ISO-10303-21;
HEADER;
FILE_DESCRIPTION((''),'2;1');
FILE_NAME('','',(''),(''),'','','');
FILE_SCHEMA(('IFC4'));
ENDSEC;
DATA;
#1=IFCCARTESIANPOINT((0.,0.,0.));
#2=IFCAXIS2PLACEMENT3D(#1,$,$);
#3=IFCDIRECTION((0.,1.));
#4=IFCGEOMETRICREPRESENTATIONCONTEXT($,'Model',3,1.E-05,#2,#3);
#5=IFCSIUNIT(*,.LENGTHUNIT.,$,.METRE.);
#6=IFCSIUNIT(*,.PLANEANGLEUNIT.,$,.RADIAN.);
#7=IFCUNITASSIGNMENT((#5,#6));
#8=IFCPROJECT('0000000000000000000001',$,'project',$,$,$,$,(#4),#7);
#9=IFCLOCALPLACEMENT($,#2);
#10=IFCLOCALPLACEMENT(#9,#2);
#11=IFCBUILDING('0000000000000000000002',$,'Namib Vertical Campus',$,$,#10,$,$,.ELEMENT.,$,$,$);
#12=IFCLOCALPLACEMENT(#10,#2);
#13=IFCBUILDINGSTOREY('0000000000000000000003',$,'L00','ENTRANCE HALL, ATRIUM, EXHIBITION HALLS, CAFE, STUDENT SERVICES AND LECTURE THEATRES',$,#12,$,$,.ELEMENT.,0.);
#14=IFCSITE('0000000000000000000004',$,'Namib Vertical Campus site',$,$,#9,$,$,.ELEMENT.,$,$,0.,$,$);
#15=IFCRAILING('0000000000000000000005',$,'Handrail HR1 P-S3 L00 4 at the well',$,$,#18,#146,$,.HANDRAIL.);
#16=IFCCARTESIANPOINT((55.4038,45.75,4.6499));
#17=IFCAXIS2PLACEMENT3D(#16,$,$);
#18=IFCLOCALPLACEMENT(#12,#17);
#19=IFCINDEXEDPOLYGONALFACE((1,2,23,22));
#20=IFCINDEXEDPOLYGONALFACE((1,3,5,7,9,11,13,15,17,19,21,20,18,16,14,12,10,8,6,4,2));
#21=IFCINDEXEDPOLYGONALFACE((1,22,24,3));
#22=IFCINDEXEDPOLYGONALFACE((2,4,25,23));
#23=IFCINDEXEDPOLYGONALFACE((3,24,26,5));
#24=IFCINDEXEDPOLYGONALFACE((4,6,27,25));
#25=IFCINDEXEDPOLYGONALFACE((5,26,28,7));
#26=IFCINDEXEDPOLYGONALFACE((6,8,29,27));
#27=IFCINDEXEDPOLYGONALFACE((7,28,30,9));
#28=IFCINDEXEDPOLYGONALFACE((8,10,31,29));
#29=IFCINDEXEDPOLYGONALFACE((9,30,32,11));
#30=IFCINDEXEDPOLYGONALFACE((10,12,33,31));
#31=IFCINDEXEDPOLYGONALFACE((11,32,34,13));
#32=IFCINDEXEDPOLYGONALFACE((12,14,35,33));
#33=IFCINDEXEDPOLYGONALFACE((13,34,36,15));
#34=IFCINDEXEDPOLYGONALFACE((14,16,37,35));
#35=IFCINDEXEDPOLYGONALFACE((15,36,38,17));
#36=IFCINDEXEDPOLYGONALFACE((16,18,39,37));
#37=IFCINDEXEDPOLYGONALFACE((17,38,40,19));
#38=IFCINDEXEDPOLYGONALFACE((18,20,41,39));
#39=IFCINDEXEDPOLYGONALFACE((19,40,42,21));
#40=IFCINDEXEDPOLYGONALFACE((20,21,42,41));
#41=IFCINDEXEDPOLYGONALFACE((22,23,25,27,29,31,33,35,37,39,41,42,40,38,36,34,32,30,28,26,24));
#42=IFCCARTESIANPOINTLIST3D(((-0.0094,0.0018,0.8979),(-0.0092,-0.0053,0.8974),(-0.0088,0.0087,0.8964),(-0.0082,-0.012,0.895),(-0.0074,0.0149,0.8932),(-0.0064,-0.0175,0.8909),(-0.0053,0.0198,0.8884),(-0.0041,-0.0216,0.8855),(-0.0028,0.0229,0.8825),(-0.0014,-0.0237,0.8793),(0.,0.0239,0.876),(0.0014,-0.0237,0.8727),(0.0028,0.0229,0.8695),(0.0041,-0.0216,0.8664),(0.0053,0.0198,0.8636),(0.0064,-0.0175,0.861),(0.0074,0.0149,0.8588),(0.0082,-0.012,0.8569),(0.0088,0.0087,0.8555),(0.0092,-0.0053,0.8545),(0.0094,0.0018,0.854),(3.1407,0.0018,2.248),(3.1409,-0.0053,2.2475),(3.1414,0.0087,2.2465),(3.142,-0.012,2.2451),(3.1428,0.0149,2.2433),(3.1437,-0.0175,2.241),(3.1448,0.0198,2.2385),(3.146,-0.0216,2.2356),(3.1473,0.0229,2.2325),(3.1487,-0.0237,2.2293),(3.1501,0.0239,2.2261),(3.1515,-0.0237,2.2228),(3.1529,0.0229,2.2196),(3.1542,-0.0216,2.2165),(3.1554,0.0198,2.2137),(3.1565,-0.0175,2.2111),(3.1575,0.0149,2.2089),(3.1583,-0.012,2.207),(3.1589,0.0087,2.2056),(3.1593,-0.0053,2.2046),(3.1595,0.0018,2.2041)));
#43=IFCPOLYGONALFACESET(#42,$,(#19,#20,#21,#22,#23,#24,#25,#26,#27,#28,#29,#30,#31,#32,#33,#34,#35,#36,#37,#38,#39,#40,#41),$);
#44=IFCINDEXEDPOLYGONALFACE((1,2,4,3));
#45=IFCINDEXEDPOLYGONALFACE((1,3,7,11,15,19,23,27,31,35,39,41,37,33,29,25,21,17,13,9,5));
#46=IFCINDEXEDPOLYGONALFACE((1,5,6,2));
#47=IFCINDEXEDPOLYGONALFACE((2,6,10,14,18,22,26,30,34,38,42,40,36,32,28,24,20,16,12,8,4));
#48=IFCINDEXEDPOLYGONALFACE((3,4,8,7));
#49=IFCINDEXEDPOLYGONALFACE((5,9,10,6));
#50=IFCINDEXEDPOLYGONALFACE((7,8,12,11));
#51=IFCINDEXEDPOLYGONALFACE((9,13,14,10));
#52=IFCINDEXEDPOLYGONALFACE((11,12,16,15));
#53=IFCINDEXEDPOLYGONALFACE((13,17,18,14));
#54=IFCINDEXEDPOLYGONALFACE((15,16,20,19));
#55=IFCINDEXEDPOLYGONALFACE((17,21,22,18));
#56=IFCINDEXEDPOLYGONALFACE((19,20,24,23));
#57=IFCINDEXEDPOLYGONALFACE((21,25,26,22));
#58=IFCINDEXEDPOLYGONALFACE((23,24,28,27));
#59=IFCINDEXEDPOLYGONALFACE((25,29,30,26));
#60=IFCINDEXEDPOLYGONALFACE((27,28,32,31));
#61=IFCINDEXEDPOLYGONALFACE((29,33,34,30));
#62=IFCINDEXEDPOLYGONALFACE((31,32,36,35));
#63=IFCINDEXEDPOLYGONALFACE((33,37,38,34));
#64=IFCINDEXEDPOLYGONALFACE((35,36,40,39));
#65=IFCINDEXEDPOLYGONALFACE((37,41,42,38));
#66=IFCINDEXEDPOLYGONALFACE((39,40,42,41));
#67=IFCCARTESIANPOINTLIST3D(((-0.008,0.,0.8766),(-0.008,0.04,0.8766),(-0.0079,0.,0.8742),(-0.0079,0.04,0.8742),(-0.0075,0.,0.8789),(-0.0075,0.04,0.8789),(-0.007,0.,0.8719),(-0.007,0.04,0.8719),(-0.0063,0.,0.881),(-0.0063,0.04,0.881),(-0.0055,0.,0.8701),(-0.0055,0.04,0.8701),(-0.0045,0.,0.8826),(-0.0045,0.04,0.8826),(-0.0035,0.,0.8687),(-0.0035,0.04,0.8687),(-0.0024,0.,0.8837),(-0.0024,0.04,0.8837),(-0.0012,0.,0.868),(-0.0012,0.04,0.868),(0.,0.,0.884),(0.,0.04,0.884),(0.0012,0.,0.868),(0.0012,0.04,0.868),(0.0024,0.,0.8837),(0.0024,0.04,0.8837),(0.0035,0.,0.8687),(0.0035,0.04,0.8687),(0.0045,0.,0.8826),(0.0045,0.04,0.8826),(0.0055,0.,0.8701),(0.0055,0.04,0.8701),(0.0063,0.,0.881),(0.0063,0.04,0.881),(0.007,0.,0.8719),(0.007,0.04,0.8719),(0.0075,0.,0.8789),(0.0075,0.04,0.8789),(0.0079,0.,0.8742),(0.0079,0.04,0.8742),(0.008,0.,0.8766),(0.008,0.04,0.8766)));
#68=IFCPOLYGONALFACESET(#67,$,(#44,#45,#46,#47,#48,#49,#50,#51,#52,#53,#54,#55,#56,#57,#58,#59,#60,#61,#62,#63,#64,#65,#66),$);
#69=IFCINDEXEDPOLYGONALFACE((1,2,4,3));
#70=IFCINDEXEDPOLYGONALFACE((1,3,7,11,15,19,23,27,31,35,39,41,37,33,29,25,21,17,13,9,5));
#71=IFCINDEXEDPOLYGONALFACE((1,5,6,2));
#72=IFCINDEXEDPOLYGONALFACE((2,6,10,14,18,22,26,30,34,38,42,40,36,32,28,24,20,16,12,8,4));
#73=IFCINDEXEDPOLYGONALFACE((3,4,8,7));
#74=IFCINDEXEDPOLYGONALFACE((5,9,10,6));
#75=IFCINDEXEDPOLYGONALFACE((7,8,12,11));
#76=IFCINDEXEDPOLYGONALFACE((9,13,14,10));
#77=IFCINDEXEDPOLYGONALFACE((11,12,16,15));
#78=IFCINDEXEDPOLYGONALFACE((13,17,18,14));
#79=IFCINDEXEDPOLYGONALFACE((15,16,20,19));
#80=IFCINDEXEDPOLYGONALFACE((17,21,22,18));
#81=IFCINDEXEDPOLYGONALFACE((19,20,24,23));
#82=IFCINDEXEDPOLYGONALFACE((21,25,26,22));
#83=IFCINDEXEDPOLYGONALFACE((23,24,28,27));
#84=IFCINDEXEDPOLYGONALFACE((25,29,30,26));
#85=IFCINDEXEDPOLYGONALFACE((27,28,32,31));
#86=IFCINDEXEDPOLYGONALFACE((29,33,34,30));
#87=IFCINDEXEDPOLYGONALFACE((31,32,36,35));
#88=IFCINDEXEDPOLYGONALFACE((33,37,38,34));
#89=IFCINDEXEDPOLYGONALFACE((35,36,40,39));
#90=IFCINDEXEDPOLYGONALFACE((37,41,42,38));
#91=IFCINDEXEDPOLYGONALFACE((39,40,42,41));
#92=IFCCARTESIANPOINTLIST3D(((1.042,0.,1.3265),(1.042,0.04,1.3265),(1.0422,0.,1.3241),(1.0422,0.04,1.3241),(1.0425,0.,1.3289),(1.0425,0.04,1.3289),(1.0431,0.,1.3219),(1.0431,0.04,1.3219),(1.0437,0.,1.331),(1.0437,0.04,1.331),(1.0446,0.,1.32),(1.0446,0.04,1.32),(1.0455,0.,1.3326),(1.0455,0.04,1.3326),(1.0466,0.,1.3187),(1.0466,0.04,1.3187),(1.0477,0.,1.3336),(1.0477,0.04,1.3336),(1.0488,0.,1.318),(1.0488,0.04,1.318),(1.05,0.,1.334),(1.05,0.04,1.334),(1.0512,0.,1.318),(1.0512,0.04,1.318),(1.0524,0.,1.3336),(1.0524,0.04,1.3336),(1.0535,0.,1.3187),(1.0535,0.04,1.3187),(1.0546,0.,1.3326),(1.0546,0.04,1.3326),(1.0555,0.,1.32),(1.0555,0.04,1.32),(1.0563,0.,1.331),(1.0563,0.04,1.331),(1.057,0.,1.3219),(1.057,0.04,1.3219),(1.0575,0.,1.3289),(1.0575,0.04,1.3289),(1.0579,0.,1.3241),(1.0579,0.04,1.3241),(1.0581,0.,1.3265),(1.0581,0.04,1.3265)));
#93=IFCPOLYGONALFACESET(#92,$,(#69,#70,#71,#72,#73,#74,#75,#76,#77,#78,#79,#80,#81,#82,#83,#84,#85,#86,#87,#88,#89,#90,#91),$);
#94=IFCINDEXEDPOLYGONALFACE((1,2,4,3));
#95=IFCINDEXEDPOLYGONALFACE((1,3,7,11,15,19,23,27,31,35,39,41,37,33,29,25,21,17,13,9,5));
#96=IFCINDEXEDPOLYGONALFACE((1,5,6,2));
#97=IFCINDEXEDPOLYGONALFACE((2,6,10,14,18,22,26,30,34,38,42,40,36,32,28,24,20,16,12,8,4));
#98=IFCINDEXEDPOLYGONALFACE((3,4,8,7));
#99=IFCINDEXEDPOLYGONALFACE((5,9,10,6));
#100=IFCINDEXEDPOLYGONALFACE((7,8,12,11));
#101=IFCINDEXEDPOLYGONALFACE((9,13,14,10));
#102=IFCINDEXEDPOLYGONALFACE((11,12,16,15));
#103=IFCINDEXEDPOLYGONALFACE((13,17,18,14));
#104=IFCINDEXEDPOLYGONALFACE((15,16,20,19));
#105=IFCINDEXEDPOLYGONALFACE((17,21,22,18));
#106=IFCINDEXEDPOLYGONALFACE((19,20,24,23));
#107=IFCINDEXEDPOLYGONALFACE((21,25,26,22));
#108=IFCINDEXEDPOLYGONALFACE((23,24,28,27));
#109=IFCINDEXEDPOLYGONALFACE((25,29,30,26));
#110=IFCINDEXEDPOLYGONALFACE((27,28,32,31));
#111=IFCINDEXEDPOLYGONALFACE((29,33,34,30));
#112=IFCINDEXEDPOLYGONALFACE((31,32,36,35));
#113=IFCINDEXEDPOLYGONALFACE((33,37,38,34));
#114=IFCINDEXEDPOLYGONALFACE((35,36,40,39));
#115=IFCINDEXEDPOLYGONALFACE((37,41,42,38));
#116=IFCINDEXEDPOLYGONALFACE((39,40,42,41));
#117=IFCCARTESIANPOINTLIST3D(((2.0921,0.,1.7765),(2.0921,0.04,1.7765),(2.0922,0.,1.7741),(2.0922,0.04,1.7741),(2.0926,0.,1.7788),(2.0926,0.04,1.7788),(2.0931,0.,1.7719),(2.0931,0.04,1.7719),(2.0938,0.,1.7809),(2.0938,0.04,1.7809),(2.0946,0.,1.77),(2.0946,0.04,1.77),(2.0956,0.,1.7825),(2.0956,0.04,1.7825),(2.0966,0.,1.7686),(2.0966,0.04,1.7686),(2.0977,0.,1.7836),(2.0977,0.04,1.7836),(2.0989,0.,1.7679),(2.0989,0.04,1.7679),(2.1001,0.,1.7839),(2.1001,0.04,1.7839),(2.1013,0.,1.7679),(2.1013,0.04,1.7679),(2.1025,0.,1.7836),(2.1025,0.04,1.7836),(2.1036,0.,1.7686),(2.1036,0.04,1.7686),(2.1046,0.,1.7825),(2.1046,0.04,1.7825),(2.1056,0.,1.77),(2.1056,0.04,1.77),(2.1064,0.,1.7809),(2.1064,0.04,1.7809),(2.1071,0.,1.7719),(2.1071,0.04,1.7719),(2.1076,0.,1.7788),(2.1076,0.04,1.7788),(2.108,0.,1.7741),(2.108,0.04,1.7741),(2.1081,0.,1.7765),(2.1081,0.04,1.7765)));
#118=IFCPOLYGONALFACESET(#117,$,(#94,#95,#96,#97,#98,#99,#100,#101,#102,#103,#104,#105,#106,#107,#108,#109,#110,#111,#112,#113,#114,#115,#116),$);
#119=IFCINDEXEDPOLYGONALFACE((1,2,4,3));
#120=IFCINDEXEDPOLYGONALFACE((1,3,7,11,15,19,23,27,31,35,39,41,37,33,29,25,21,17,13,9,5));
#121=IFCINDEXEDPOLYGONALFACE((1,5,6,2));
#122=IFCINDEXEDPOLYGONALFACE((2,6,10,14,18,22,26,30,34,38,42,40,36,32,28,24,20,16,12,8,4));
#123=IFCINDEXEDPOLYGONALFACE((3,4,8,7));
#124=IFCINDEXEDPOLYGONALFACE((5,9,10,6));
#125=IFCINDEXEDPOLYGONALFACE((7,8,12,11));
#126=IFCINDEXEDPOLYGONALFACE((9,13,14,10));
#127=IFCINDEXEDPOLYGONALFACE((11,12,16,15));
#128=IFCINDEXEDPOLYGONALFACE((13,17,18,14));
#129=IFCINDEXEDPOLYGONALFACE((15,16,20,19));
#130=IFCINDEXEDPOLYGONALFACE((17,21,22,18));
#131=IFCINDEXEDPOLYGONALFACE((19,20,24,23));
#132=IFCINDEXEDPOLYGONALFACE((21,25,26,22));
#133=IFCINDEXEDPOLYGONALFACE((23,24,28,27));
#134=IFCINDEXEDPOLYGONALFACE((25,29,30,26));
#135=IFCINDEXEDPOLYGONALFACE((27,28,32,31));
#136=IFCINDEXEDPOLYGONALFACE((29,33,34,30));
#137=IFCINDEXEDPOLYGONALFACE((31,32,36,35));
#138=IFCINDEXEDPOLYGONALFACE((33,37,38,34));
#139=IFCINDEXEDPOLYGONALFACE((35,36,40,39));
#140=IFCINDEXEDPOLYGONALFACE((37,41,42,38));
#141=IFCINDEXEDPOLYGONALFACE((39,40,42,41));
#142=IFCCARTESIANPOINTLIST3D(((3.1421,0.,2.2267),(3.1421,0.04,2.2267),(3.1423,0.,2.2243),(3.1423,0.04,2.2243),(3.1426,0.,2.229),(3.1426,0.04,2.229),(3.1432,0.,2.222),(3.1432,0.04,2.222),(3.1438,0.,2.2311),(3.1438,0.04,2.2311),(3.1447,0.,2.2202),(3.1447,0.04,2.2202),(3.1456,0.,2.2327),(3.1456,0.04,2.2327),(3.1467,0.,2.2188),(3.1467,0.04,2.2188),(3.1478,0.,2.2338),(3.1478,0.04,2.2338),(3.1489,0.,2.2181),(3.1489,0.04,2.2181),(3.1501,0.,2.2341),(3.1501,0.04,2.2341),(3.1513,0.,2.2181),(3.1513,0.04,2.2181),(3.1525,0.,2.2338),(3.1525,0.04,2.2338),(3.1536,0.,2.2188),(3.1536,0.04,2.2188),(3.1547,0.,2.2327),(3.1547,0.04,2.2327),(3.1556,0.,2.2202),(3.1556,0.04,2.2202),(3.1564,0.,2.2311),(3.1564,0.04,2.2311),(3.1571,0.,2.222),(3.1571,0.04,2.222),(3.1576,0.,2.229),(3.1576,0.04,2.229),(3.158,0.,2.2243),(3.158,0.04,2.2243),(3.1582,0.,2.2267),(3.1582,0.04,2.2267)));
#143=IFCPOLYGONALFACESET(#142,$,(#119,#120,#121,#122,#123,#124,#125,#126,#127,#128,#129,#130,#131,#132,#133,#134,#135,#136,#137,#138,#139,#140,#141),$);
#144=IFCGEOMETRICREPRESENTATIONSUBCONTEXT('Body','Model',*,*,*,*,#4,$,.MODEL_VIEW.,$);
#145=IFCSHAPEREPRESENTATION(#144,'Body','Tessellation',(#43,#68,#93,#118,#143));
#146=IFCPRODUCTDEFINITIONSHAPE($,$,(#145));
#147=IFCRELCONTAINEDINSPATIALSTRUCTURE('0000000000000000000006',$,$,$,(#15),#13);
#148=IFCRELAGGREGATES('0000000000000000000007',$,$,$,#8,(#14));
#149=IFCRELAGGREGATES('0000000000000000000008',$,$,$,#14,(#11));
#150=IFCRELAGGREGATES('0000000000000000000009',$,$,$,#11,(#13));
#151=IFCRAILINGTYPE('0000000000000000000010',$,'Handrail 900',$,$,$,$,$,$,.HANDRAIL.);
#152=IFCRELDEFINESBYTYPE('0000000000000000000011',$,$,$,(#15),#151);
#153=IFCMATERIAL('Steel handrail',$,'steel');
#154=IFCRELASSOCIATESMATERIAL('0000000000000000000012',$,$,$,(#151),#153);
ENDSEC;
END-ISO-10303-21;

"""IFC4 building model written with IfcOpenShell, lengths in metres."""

from ifc_helpers import new_model, si_unit, direction, frame, origin, origin_2d, place, context, subcontext, project, spatial, circle, extrude, material, type_object, element, save


model = new_model("IFC4")

# Units and contexts
model_context = context("Model", 3, precision=1e-05, world=origin(), true_north=direction((0.0, 1.0)))
body_context = subcontext(model_context, "Body", "Model", "MODEL_VIEW")
ifc_project = project(units=[si_unit("LENGTHUNIT", "METRE"), si_unit("PLANEANGLEUNIT", "RADIAN")], contexts=[model_context])

# Site, building, storey
site_placement = place(None, origin())
site = spatial("IfcSite", under=ifc_project, at=site_placement, Name="Namib Vertical Campus site", CompositionType="ELEMENT", RefElevation=0.0)
building_placement = place(site_placement, origin())
building = spatial("IfcBuilding", under=site, at=building_placement, Name="Namib Vertical Campus", CompositionType="ELEMENT")
storey_placement = place(building_placement, origin())
storey = spatial("IfcBuildingStorey", under=building, at=storey_placement, Name="L00", Description="ENTRANCE HALL, ATRIUM, EXHIBITION HALLS, CAFE, STUDENT SERVICES AND LECTURE THEATRES", CompositionType="ELEMENT", Elevation=0.0)

# Railing
ifc_material_1 = material(Name="Steel handrail", Category="steel")
railing_type_1 = type_object("IfcRailingType", Name="Handrail 900", PredefinedType="HANDRAIL", material=ifc_material_1)
railing_1_placement = place(storey_placement, frame((55.4038, 45.75, 4.6499)))
element("IfcRailing", 1, at=railing_1_placement, inside=storey, type_object=railing_type_1, Name="Handrail HR1 P-S3 L00 4 at the well", PredefinedType="HANDRAIL", context=body_context, shape_type="SweptSolid", body=[
    extrude(circle(Radius=0.0239, at=origin_2d()), frame((0.0, 0.0, 0.876), z_axis=(0.919141, 0.0, 0.393928), x_axis=(0.0, 1.0, 0.0)), (0.0, 0.0, 1.0), 3.4272),
    extrude(circle(Radius=0.0081, at=origin_2d()), frame((0.0, 0.0, 0.876), z_axis=(0.0, 1.0, 0.0), x_axis=(0.0, 0.0, 1.0)), (0.0, 0.0, 1.0), 0.04),
    extrude(circle(Radius=0.0081, at=origin_2d()), frame((1.05, 0.0, 1.3259), z_axis=(0.0, 1.0, 0.0), x_axis=(0.0, 0.0, 1.0)), (0.0, 0.0, 1.0), 0.04),
    extrude(circle(Radius=0.0081, at=origin_2d()), frame((2.1001, 0.0, 1.7759), z_axis=(0.0, 1.0, 0.0), x_axis=(0.0, 0.0, 1.0)), (0.0, 0.0, 1.0), 0.04),
    extrude(circle(Radius=0.0081, at=origin_2d()), frame((3.1501, 0.0, 2.2261), z_axis=(0.0, 1.0, 0.0), x_axis=(0.0, 0.0, 1.0)), (0.0, 0.0, 1.0), 0.04),
])

save(model, "model.ifc")
